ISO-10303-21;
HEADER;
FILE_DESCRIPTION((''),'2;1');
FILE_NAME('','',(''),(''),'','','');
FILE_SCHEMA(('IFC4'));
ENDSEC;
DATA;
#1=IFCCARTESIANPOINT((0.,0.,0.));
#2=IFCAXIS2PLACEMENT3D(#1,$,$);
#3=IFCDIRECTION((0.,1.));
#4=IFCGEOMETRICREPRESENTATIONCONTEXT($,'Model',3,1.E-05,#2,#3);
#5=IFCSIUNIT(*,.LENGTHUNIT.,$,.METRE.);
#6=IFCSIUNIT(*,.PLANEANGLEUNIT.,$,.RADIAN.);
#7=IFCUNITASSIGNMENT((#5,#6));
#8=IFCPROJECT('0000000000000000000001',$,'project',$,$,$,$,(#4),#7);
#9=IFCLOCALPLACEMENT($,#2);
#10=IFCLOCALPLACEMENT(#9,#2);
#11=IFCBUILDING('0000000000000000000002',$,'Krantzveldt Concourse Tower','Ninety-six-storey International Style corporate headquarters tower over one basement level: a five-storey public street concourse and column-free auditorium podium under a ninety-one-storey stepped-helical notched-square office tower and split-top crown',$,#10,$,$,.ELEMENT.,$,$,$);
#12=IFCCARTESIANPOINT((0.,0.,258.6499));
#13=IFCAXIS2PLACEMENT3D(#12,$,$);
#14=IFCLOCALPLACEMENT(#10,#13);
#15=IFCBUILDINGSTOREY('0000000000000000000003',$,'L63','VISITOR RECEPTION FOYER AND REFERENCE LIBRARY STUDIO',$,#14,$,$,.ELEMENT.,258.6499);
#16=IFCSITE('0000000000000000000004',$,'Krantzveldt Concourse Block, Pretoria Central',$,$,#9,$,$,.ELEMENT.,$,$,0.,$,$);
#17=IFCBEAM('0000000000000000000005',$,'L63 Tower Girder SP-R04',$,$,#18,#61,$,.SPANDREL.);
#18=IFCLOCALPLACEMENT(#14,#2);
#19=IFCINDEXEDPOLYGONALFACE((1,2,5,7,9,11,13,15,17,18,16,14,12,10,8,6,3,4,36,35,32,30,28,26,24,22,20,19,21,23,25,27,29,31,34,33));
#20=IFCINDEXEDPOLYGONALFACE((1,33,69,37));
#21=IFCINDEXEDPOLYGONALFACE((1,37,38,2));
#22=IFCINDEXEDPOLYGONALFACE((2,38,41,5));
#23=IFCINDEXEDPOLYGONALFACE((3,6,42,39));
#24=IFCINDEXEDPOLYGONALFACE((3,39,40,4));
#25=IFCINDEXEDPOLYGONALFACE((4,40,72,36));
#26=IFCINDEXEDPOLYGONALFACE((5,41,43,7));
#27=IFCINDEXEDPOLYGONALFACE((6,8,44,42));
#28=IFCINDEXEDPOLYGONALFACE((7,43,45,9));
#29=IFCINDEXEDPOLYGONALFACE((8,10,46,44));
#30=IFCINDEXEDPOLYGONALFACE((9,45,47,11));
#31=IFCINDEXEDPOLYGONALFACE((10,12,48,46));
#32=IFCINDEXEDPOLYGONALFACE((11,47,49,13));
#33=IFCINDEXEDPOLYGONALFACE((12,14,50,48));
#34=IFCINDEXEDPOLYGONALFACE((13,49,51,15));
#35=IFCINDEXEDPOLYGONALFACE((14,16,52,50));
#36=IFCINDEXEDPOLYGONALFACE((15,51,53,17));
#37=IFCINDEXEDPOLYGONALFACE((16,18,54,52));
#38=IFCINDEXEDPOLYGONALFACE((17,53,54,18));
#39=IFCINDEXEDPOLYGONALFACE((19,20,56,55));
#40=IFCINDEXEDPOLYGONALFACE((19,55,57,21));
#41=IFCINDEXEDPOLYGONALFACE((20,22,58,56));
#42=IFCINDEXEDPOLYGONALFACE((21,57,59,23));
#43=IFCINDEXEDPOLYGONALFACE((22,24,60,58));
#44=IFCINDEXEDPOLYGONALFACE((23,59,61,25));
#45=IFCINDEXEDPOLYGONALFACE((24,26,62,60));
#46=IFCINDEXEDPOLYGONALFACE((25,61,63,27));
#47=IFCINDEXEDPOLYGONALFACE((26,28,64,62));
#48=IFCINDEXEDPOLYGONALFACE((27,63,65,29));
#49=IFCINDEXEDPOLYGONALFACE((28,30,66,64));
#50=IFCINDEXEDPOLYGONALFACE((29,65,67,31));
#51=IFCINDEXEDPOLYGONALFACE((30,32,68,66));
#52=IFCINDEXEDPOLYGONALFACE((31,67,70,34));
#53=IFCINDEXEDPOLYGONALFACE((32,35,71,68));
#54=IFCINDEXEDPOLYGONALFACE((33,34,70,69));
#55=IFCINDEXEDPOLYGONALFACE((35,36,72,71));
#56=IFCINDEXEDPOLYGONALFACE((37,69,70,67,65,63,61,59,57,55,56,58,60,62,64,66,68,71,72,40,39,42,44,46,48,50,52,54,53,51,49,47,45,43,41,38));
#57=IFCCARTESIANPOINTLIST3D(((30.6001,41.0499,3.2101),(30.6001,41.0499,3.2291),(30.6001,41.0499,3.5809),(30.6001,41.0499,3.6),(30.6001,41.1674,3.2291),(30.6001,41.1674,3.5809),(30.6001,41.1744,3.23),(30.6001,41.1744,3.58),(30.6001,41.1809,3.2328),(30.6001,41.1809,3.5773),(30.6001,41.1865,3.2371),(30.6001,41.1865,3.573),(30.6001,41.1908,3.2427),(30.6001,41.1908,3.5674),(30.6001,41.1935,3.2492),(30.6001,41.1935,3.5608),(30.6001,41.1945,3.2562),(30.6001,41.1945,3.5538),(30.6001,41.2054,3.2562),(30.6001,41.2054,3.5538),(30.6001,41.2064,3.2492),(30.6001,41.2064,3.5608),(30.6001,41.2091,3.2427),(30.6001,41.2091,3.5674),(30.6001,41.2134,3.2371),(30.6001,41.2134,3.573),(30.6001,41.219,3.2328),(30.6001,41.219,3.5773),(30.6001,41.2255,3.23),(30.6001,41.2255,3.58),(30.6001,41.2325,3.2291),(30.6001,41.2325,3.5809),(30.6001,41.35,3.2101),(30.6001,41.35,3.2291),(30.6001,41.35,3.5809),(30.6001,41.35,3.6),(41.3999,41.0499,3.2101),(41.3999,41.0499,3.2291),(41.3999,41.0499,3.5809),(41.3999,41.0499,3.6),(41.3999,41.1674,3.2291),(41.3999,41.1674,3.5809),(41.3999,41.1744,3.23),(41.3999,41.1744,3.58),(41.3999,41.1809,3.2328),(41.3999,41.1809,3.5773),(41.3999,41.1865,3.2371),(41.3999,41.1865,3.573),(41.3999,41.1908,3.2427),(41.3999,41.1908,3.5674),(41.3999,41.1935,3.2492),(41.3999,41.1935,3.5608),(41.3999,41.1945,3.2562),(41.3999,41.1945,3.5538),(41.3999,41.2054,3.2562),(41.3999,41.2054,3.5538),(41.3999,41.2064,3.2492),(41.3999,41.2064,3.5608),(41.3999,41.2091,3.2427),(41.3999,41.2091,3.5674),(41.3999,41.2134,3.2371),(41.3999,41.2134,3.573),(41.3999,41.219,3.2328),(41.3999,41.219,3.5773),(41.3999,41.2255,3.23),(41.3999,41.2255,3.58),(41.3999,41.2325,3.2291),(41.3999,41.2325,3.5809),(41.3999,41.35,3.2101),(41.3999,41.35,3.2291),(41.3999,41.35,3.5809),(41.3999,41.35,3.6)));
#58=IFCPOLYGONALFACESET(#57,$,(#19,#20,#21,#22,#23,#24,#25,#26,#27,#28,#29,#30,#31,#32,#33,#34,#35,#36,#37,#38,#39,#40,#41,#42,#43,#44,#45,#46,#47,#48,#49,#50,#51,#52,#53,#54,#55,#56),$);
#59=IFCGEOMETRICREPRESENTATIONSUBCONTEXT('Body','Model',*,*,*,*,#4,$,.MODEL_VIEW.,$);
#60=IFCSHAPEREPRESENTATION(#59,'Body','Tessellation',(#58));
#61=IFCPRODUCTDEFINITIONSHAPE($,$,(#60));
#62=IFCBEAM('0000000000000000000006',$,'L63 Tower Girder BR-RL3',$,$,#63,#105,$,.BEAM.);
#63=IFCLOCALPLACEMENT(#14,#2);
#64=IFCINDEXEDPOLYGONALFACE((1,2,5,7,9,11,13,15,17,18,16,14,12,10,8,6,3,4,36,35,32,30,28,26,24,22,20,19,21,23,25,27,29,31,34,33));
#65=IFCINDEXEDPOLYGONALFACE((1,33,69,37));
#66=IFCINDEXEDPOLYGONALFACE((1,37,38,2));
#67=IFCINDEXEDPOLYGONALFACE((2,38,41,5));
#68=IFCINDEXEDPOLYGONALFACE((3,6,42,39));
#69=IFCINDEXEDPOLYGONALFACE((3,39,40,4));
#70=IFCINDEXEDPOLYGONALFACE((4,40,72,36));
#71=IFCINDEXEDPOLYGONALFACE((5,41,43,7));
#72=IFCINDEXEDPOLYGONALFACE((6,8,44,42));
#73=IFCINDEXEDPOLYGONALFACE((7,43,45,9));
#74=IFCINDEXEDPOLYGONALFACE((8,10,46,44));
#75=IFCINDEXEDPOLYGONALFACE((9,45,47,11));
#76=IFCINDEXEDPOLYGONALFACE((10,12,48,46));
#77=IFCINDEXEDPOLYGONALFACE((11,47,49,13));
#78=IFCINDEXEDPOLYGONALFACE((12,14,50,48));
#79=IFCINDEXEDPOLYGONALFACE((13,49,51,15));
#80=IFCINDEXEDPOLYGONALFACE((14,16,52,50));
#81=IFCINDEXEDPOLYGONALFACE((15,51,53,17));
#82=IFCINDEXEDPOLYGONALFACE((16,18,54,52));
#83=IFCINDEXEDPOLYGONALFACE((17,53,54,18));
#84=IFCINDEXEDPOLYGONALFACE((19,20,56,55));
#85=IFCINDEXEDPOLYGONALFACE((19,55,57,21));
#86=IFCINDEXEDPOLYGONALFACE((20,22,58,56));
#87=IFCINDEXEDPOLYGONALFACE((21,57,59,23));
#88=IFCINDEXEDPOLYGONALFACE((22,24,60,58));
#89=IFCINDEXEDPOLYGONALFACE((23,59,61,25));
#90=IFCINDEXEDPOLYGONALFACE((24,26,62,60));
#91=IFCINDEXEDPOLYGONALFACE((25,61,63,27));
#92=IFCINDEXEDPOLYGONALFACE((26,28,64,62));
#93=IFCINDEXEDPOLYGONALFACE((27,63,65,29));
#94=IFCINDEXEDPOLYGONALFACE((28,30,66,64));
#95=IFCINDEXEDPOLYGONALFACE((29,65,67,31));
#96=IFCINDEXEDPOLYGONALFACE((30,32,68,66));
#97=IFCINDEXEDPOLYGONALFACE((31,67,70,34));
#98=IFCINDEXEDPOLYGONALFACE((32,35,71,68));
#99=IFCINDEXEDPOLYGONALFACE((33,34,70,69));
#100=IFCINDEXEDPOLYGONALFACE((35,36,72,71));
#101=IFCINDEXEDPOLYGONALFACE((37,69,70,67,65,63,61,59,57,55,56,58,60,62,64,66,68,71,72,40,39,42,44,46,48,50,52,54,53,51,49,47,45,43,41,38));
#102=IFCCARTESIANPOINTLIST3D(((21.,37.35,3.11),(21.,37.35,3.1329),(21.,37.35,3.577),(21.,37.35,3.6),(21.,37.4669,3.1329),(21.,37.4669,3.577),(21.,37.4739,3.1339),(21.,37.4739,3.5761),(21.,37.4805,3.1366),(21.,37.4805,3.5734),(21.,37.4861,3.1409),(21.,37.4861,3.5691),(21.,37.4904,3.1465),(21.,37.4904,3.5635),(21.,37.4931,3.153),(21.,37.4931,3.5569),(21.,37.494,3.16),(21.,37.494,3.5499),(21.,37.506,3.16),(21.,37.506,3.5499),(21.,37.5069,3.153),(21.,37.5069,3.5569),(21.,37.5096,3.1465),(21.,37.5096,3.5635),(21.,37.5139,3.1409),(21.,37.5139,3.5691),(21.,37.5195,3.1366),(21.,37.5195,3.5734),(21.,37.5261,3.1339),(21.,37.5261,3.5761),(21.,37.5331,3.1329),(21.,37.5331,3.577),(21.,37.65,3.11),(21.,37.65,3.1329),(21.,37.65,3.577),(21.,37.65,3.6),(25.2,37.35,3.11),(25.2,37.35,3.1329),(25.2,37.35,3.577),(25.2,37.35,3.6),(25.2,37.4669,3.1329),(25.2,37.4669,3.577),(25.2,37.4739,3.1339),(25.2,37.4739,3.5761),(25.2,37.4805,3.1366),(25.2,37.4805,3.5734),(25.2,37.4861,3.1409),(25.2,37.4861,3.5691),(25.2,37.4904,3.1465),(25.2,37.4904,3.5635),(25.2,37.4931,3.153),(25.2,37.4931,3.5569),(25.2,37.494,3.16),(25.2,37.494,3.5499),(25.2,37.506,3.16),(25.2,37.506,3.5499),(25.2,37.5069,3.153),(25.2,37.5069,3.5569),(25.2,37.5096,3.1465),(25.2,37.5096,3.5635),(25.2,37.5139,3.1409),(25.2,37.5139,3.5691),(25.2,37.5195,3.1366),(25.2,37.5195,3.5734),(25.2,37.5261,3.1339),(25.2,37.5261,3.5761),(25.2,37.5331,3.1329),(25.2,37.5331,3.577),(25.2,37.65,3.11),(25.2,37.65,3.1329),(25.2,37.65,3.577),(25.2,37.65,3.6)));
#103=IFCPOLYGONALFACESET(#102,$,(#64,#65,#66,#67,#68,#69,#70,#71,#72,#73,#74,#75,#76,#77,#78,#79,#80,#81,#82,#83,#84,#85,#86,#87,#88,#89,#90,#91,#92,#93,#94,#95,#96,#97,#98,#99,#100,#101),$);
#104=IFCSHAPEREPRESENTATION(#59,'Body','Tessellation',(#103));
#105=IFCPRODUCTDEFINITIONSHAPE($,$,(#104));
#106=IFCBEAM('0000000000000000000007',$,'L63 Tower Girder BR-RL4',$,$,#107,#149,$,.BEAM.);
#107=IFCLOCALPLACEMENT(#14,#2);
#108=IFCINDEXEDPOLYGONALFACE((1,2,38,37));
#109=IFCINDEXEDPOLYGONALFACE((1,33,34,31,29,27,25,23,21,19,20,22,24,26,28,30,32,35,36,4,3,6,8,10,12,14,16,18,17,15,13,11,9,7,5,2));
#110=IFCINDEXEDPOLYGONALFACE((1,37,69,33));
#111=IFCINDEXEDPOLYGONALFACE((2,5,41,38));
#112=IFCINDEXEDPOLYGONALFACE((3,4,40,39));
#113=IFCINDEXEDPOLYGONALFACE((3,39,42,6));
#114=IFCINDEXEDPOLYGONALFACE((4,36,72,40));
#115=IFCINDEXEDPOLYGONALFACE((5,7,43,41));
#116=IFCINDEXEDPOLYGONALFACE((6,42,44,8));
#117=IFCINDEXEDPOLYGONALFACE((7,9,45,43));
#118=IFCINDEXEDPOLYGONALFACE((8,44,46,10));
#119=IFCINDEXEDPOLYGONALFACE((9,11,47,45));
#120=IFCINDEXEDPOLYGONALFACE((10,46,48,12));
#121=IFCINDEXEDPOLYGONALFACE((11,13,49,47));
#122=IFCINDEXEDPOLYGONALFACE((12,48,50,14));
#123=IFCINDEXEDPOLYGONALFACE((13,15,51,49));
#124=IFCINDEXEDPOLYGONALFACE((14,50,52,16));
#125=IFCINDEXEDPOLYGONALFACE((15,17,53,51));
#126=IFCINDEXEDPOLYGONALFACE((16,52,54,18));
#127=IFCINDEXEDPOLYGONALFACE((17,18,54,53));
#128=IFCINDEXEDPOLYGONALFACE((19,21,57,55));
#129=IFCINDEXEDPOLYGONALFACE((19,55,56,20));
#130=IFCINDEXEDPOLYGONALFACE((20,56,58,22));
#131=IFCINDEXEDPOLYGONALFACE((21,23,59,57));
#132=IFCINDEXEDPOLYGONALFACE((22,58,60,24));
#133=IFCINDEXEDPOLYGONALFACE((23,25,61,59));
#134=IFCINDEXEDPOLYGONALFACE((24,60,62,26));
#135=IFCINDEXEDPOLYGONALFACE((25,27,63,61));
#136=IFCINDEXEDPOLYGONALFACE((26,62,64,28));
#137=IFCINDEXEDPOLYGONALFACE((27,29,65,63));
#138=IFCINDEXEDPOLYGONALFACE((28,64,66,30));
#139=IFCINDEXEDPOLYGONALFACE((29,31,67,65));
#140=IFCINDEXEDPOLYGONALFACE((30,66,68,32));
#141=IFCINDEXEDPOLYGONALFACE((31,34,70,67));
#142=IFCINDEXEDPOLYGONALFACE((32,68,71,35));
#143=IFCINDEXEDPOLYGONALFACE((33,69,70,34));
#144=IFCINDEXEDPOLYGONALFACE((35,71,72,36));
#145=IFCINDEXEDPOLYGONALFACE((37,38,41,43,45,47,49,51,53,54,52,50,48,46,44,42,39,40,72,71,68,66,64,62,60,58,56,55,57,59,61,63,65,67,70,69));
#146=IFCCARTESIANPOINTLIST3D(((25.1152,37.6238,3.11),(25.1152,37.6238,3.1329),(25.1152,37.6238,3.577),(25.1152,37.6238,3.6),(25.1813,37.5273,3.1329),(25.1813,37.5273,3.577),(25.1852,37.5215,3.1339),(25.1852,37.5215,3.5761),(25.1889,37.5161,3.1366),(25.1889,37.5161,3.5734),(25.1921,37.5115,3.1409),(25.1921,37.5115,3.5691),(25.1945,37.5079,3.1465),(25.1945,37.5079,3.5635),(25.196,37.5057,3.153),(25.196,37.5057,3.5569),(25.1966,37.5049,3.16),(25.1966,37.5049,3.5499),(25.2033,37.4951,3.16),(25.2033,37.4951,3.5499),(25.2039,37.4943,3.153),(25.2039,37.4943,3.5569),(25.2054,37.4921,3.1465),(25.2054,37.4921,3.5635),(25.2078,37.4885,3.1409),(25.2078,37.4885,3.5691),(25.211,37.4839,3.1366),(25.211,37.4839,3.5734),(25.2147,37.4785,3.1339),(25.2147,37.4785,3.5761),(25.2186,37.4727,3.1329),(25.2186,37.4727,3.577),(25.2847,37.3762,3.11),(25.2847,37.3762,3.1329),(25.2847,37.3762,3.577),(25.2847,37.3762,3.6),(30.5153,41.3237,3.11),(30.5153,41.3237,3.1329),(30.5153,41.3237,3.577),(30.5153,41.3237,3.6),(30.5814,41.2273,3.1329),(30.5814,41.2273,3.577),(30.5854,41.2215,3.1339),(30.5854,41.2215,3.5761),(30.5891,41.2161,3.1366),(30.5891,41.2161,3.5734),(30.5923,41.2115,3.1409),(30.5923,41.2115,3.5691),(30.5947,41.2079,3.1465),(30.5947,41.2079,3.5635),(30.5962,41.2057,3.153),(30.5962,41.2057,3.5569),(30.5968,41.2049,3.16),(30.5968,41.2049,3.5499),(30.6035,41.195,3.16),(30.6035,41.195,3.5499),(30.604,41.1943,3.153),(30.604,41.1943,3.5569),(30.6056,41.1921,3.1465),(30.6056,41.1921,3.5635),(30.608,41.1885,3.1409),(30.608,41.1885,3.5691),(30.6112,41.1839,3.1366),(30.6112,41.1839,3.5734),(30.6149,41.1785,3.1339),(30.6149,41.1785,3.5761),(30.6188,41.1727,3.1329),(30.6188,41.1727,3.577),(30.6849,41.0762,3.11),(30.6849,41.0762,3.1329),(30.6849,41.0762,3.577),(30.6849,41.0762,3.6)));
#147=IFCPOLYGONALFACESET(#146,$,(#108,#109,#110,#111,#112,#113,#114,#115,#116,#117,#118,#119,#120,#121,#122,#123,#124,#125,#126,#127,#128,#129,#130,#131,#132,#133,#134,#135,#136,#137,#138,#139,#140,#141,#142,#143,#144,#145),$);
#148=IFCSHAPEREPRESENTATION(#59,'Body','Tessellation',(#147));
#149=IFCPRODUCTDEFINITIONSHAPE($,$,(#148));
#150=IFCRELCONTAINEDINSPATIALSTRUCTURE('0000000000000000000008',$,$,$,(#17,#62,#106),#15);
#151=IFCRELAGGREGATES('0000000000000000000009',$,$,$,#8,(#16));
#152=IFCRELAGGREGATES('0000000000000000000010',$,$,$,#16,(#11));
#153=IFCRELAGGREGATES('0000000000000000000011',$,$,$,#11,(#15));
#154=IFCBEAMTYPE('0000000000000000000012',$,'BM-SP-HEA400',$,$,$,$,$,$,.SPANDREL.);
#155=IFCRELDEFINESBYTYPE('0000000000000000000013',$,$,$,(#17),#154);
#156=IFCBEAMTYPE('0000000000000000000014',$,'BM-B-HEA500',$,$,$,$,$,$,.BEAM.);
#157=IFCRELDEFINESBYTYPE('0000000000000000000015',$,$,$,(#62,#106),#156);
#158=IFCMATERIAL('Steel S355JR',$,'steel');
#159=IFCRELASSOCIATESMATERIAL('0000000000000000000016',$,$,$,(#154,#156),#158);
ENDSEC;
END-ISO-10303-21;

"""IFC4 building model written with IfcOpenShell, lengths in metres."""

from ifc_helpers import new_model, si_unit, direction, frame, origin, origin_2d, place, context, subcontext, project, spatial, i_section, extrude, source, transform, mapped, material, material_profile, profile_set, type_object, type_shapes, element, save


model = new_model("IFC4")

# Units and contexts
model_context = context("Model", 3, precision=1e-05, world=origin(), true_north=direction((0.0, 1.0)))
body_context = subcontext(model_context, "Body", "Model", "MODEL_VIEW")
ifc_project = project(units=[si_unit("LENGTHUNIT", "METRE"), si_unit("PLANEANGLEUNIT", "RADIAN")], contexts=[model_context])

# Site, building, storey
site_placement = place(None, origin())
site = spatial("IfcSite", under=ifc_project, at=site_placement, Name="Krantzveldt Concourse Block, Pretoria Central", CompositionType="ELEMENT", RefElevation=0.0)
building_placement = place(site_placement, origin())
building = spatial("IfcBuilding", under=site, at=building_placement, Name="Krantzveldt Concourse Tower", Description="Ninety-six-storey International Style corporate headquarters tower over one basement level: a five-storey public street concourse and column-free auditorium podium under a ninety-one-storey stepped-helical notched-square office tower and split-top crown", CompositionType="ELEMENT")
storey_placement = place(building_placement, frame((0.0, 0.0, 258.6499)))
storey = spatial("IfcBuildingStorey", under=building, at=storey_placement, Name="L63", Description="VISITOR RECEPTION FOYER AND REFERENCE LIBRARY STUDIO", CompositionType="ELEMENT", Elevation=258.6499)

# Beams
ifc_material_1 = material(Name="Steel S355JR", Category="steel")
ifc_material_profile_1 = material_profile(ifc_material_1, i_section(OverallWidth=0.3, OverallDepth=0.3899, WebThickness=0.011, FlangeThickness=0.019, FilletRadius=0.0271, at=origin_2d()), Name="Steel S355JR", Category="steel")
ifc_profile_set_1 = profile_set([ifc_material_profile_1], Name="Steel S355JR - HEA 400")
beam_type_1 = type_object("IfcBeamType", Name="BM-SP-HEA400", PredefinedType="SPANDREL", material=ifc_profile_set_1)
shared_shape_1 = source(origin(), body_context, "Body", "SweptSolid", [
    extrude(i_section(OverallWidth=0.3, OverallDepth=0.3899, WebThickness=0.011, FlangeThickness=0.019, FilletRadius=0.0271, at=origin_2d()), origin(), (0.0, 0.0, 1.0), 10.7998),
])
beam_1_placement = place(storey_placement, frame((30.6001, 41.2, 3.405), z_axis=(1.0, 0.0, 0.0), x_axis=(0.0, 1.0, 0.0)))
element("IfcBeam", 1, at=beam_1_placement, inside=storey, type_object=beam_type_1, Name="L63 Tower Girder SP-R04", PredefinedType="SPANDREL", context=body_context, shape_type="MappedRepresentation", body=[
    mapped(shared_shape_1, transform((0.0, 0.0, 0.0), x_axis=(1.0, 0.0, 0.0), y_axis=(0.0, 1.0, 0.0), z_axis=(0.0, 0.0, 1.0), scale=1.0)),
])
ifc_material_profile_2 = material_profile(ifc_material_1, i_section(OverallWidth=0.3, OverallDepth=0.49, WebThickness=0.012, FlangeThickness=0.0229, FilletRadius=0.0271, at=origin_2d()), Name="Steel S355JR", Category="steel")
ifc_profile_set_2 = profile_set([ifc_material_profile_2], Name="Steel S355JR - HEA 500")
beam_type_2 = type_object("IfcBeamType", Name="BM-B-HEA500", PredefinedType="BEAM", material=ifc_profile_set_2)
shared_shape_2 = source(origin(), body_context, "Body", "SweptSolid", [
    extrude(i_section(OverallWidth=0.3, OverallDepth=0.49, WebThickness=0.012, FlangeThickness=0.0229, FilletRadius=0.0271, at=origin_2d()), origin(), (0.0, 0.0, 1.0), 4.2),
])
beam_2_placement = place(storey_placement, frame((21.0, 37.5, 3.355), z_axis=(1.0, 0.0, 0.0), x_axis=(0.0, 1.0, 0.0)))
element("IfcBeam", 2, at=beam_2_placement, inside=storey, type_object=beam_type_2, Name="L63 Tower Girder BR-RL3", PredefinedType="BEAM", context=body_context, shape_type="MappedRepresentation", body=[
    mapped(shared_shape_2, transform((0.0, 0.0, 0.0), x_axis=(1.0, 0.0, 0.0), y_axis=(0.0, 1.0, 0.0), z_axis=(0.0, 0.0, 1.0), scale=1.0)),
])
shared_shape_3 = source(origin(), body_context, "Body", "SweptSolid", [
    extrude(i_section(OverallWidth=0.3, OverallDepth=0.49, WebThickness=0.012, FlangeThickness=0.0229, FilletRadius=0.0271, at=origin_2d()), origin(), (0.0, 0.0, 1.0), 6.5461),
])
type_shapes(beam_type_2, [shared_shape_2, shared_shape_3])
beam_3_placement = place(storey_placement, frame((25.2, 37.5, 3.355), z_axis=(0.824943, 0.565216, 0.0), x_axis=(-0.565216, 0.824943, 0.0)))
element("IfcBeam", 3, at=beam_3_placement, inside=storey, type_object=beam_type_2, Name="L63 Tower Girder BR-RL4", PredefinedType="BEAM", context=body_context, shape_type="MappedRepresentation", body=[
    mapped(shared_shape_3, transform((0.0, 0.0, 0.0), x_axis=(1.0, 0.0, 0.0), y_axis=(0.0, 1.0, 0.0), z_axis=(0.0, 0.0, 1.0), scale=1.0)),
])

save(model, "model.ifc")
